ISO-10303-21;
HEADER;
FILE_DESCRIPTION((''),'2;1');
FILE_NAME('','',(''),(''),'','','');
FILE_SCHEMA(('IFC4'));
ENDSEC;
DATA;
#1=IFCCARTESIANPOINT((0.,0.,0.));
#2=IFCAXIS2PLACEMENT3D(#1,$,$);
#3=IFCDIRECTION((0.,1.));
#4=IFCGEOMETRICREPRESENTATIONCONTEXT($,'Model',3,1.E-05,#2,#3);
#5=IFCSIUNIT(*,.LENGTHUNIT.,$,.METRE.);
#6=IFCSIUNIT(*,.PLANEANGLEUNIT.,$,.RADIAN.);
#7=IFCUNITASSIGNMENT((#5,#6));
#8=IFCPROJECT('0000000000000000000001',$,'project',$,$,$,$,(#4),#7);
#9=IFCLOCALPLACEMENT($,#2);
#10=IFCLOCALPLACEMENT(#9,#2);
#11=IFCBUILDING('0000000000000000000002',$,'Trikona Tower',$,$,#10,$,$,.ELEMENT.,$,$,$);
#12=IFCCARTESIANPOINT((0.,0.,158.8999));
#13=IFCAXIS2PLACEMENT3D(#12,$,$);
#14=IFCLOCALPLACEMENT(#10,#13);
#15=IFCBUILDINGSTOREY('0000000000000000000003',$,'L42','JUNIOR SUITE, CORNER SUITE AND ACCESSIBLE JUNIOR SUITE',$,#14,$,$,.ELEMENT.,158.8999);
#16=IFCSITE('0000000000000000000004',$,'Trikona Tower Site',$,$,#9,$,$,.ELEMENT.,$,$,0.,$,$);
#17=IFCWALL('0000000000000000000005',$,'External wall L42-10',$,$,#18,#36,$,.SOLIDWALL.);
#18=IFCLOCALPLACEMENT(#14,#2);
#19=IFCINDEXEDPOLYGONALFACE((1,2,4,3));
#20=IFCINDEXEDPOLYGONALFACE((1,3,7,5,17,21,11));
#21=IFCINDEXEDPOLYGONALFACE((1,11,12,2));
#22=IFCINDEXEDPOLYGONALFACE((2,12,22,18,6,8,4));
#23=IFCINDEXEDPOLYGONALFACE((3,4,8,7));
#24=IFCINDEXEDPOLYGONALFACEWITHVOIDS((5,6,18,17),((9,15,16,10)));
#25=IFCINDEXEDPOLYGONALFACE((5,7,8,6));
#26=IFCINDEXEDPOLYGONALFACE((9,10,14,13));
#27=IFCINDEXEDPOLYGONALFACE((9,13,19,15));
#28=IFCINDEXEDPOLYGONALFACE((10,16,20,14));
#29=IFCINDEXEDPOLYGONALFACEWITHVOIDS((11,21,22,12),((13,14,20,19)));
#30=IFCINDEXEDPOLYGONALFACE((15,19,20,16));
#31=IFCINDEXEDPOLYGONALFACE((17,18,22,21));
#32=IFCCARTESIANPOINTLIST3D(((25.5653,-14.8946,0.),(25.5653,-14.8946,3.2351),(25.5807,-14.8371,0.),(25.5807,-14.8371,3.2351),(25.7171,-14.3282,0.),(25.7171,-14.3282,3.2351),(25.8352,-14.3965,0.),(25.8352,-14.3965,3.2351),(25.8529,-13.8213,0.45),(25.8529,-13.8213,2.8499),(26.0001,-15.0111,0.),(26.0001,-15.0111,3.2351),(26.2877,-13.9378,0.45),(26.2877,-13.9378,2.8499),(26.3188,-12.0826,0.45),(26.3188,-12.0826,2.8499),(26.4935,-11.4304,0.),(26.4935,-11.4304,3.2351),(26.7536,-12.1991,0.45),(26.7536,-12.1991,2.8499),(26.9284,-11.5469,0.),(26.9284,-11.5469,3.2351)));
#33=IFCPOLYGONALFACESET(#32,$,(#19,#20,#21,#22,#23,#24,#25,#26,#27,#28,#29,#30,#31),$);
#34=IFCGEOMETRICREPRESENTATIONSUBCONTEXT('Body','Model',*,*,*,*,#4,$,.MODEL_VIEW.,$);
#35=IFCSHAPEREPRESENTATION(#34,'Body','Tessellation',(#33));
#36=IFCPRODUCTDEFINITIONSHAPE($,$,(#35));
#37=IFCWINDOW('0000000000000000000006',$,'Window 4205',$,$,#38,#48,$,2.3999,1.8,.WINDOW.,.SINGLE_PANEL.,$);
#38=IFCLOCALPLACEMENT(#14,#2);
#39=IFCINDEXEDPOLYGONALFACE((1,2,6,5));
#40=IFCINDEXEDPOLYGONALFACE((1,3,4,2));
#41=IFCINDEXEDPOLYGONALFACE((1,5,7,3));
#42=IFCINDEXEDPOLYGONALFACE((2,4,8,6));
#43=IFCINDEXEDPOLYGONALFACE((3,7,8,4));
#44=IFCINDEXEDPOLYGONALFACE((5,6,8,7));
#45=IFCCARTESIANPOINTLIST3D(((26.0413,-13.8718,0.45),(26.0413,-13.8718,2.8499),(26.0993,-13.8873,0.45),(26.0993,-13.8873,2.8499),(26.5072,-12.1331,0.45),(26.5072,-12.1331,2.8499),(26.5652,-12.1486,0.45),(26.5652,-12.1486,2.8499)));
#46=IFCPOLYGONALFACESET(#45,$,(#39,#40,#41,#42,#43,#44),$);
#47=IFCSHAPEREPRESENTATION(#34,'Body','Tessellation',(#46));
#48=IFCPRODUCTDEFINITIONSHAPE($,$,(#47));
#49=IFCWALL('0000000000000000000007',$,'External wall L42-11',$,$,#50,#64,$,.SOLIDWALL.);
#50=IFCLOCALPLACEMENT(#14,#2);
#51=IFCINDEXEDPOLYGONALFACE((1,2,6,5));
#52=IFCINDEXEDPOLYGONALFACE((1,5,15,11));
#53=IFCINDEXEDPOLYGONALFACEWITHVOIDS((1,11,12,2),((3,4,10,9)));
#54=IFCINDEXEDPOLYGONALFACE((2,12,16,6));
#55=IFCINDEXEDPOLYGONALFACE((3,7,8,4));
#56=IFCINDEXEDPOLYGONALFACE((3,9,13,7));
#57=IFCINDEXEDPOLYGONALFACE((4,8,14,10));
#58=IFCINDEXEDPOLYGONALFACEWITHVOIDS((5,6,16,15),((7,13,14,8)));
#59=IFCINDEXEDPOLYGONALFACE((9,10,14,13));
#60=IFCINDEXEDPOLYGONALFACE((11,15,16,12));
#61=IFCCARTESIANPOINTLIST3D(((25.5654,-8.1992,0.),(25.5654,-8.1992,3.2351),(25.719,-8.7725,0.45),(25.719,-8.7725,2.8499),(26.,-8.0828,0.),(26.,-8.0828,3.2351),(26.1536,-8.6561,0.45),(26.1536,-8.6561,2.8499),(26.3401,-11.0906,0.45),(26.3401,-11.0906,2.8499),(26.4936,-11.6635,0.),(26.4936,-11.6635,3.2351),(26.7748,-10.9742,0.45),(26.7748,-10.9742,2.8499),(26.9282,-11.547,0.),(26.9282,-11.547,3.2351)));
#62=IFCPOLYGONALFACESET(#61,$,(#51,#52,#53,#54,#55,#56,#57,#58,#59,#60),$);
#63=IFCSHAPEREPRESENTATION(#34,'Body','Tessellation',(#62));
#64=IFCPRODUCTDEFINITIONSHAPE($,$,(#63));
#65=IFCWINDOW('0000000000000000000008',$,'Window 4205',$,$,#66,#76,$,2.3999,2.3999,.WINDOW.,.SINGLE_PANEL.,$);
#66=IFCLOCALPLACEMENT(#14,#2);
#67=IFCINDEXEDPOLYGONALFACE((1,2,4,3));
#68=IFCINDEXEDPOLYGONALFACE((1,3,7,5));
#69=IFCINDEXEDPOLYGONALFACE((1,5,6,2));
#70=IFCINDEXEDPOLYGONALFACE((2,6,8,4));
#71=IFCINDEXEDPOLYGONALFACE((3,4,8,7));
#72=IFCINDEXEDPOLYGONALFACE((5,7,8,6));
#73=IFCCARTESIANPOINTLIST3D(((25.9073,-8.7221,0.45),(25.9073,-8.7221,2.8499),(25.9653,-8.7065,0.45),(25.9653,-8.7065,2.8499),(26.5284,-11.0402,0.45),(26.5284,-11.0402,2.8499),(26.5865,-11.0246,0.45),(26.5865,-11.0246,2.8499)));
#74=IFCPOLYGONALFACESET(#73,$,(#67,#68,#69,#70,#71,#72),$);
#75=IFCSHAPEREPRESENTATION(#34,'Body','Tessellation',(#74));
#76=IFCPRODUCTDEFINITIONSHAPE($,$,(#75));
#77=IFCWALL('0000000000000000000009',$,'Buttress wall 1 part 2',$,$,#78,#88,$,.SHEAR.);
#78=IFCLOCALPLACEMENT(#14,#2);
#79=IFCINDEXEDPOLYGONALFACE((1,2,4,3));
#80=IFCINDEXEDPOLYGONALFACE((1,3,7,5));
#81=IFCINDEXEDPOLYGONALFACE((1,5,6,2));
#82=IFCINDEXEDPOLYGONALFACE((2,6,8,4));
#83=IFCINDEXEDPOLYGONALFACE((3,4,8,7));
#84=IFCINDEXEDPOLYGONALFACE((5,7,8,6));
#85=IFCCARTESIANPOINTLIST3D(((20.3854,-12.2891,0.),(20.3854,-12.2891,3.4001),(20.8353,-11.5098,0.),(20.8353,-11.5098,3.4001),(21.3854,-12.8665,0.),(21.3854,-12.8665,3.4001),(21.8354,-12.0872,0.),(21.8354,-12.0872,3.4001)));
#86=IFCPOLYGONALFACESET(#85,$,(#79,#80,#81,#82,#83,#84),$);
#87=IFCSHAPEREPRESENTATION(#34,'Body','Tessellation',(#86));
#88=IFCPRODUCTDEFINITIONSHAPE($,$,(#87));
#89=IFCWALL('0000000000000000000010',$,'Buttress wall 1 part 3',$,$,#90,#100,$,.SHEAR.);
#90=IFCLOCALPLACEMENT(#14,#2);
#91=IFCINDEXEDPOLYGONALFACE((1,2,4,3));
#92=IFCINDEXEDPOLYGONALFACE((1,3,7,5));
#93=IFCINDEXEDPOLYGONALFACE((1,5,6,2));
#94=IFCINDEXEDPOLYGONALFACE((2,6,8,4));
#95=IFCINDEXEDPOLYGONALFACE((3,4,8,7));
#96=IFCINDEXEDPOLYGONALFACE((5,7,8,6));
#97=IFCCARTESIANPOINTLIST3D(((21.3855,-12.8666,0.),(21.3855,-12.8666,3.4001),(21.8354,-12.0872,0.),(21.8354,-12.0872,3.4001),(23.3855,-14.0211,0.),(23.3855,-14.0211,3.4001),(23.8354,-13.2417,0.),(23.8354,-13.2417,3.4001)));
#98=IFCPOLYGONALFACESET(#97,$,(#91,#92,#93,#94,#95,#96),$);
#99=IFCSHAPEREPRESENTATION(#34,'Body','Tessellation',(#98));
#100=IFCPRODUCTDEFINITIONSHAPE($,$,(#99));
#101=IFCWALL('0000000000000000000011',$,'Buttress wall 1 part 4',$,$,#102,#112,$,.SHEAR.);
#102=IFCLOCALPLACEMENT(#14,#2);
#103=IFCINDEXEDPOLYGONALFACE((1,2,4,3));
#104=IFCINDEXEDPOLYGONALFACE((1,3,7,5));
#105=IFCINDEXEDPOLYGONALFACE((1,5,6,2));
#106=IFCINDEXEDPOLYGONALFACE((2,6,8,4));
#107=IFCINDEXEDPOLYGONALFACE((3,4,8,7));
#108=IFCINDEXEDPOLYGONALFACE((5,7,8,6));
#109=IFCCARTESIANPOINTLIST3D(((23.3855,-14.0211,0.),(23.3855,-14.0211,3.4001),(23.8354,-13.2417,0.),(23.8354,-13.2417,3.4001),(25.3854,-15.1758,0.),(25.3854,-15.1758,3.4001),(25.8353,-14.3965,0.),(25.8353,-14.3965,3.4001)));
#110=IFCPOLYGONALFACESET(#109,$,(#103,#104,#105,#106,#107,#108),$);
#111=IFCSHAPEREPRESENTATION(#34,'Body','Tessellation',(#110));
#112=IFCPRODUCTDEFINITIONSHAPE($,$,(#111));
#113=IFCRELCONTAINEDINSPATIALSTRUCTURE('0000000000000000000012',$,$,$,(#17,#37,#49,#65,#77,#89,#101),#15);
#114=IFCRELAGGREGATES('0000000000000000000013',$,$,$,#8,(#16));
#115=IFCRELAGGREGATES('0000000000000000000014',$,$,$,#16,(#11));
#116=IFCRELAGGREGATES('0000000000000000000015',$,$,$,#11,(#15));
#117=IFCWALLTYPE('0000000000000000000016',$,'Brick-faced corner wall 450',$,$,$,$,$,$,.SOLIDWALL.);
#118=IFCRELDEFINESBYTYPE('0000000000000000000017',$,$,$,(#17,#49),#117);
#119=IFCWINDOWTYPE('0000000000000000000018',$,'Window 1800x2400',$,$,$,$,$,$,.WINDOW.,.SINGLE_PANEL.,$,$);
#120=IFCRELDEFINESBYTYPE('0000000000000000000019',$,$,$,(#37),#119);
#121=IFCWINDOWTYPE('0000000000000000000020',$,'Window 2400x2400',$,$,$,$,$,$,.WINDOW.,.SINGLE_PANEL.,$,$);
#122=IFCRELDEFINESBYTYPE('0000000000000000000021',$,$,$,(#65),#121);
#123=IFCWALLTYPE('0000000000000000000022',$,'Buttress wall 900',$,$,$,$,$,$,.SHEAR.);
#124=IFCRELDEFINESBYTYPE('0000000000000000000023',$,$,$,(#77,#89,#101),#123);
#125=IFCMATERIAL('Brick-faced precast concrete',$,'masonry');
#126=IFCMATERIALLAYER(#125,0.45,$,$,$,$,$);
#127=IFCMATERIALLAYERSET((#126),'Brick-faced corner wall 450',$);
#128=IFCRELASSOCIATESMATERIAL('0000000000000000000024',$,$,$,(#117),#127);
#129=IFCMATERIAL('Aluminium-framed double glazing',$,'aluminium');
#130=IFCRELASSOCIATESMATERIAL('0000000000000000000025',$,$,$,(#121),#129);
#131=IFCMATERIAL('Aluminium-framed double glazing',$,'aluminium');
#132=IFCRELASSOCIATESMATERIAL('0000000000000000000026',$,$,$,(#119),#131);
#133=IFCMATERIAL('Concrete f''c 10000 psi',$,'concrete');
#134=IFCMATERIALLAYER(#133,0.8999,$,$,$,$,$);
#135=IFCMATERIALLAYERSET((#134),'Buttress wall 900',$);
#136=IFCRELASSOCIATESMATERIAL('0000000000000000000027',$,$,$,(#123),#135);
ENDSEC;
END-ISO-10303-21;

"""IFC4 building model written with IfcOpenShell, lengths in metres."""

from ifc_helpers import new_model, si_unit, direction, frame, frame_2d, origin, place, context, subcontext, project, spatial, polyline, rectangle, outline, extrude, material, layer, layer_set, type_object, element, fill, save


model = new_model("IFC4")

# Units and contexts
model_context = context("Model", 3, precision=1e-05, world=origin(), true_north=direction((0.0, 1.0)))
body_context = subcontext(model_context, "Body", "Model", "MODEL_VIEW")
ifc_project = project(units=[si_unit("LENGTHUNIT", "METRE"), si_unit("PLANEANGLEUNIT", "RADIAN")], contexts=[model_context])

# Site, building, storey
site_placement = place(None, origin())
site = spatial("IfcSite", under=ifc_project, at=site_placement, Name="Trikona Tower Site", CompositionType="ELEMENT", RefElevation=0.0)
building_placement = place(site_placement, origin())
building = spatial("IfcBuilding", under=site, at=building_placement, Name="Trikona Tower", CompositionType="ELEMENT")
storey_placement = place(building_placement, frame((0.0, 0.0, 158.8999)))
storey = spatial("IfcBuildingStorey", under=building, at=storey_placement, Name="L42", Description="JUNIOR SUITE, CORNER SUITE AND ACCESSIBLE JUNIOR SUITE", CompositionType="ELEMENT", Elevation=158.8999)

# Walls, openings, windows
ifc_material_1 = material(Name="Brick-faced precast concrete", Category="masonry")
ifc_layer_1 = layer(ifc_material_1, 0.45)
ifc_layer_set_1 = layer_set([ifc_layer_1], Name="Brick-faced corner wall 450")
wall_type_1 = type_object("IfcWallType", Name="Brick-faced corner wall 450", PredefinedType="SOLIDWALL", material=ifc_layer_set_1)
ifc_material_2 = material(Name="Aluminium-framed double glazing", Category="aluminium")
window_type_1 = type_object("IfcWindowType", Name="Window 2400x2400", PartitioningType="SINGLE_PANEL", PredefinedType="WINDOW", material=ifc_material_2)
ifc_material_3 = material(Name="Aluminium-framed double glazing", Category="aluminium")
window_type_2 = type_object("IfcWindowType", Name="Window 1800x2400", PartitioningType="SINGLE_PANEL", PredefinedType="WINDOW", material=ifc_material_3)
wall_1_placement = place(storey_placement, frame((25.7827, -14.9529, 0.0), z_axis=(0.0, 0.0, 1.0), x_axis=(0.258823, 0.965925, 0.0)))
wall_1 = element("IfcWall", 1, at=wall_1_placement, inside=storey, type_object=wall_type_1, Name="External wall L42-10", PredefinedType="SOLIDWALL", context=body_context, shape_type="SweptSolid", body=[
    extrude(outline(polyline([(3.5864, 0.2251), (0.5864, 0.2251), (0.551, 0.0933), (0.0596, 0.2251), (0.0, 0.2251), (0.0, -0.2251), (3.5864, -0.2251), (3.5864, 0.2251)])), origin(), (0.0, 0.0, 1.0), 3.2351),
])
opening_1_placement = place(wall_1_placement, frame((1.1113, 0.0, 0.45)))
opening_1 = element("IfcOpeningElement", 2, at=opening_1_placement, cuts=wall_1, PredefinedType="OPENING", context=body_context, shape_type="SweptSolid", body=[
    extrude(rectangle(XDim=1.8, YDim=2.3999, at=frame_2d((0.8999, 1.2))), frame((0.0, 0.2349, 0.0), z_axis=(0.0, -1.0, 0.0), x_axis=(1.0, 0.0, 0.0)), (0.0, 0.0, 1.0), 0.47),
])
window_1_placement = place(opening_1_placement, origin())
window_1 = element("IfcWindow", 3, at=window_1_placement, inside=storey, type_object=window_type_2, Name="Window 4205", OverallHeight=2.3999, OverallWidth=1.8, PartitioningType="SINGLE_PANEL", PredefinedType="WINDOW", context=body_context, shape_type="SweptSolid", body=[
    extrude(rectangle(XDim=1.8, YDim=2.3999, at=frame_2d((0.8999, 1.2))), frame((0.0, 0.03, 0.0), z_axis=(0.0, -1.0, 0.0), x_axis=(1.0, 0.0, 0.0)), (0.0, 0.0, 1.0), 0.0601),
])
fill(opening_1, window_1)
wall_2_placement = place(storey_placement, frame((26.7109, -11.6052, 0.0), z_axis=(0.0, 0.0, 1.0), x_axis=(-0.258823, 0.965925, 0.0)))
wall_2 = element("IfcWall", 4, at=wall_2_placement, inside=storey, type_object=wall_type_1, Name="External wall L42-11", PredefinedType="SOLIDWALL", context=body_context, shape_type="SweptSolid", body=[
    extrude(rectangle(XDim=3.5864, YDim=0.45, at=frame_2d((1.7932, 0.0))), origin(), (0.0, 0.0, 1.0), 3.2351),
])
opening_2_placement = place(wall_2_placement, frame((0.593, 0.0, 0.45)))
opening_2 = element("IfcOpeningElement", 5, at=opening_2_placement, cuts=wall_2, PredefinedType="OPENING", context=body_context, shape_type="SweptSolid", body=[
    extrude(rectangle(XDim=2.3999, YDim=2.3999, at=frame_2d((1.2, 1.2))), frame((0.0, 0.2349, 0.0), z_axis=(0.0, -1.0, 0.0), x_axis=(1.0, 0.0, 0.0)), (0.0, 0.0, 1.0), 0.47),
])
window_2_placement = place(opening_2_placement, origin())
window_2 = element("IfcWindow", 6, at=window_2_placement, inside=storey, type_object=window_type_1, Name="Window 4205", OverallHeight=2.3999, OverallWidth=2.3999, PartitioningType="SINGLE_PANEL", PredefinedType="WINDOW", context=body_context, shape_type="SweptSolid", body=[
    extrude(rectangle(XDim=2.3999, YDim=2.3999, at=frame_2d((1.2, 1.2))), frame((0.0, 0.03, 0.0), z_axis=(0.0, -1.0, 0.0), x_axis=(1.0, 0.0, 0.0)), (0.0, 0.0, 1.0), 0.0601),
])
fill(opening_2, window_2)

# Walls
ifc_material_4 = material(Name="Concrete f'c 10000 psi", Category="concrete")
ifc_layer_2 = layer(ifc_material_4, 0.8999)
ifc_layer_set_2 = layer_set([ifc_layer_2], Name="Buttress wall 900")
wall_type_2 = type_object("IfcWallType", Name="Buttress wall 900", PredefinedType="SHEAR", material=ifc_layer_set_2)
wall_3_placement = place(storey_placement, frame((20.6104, -11.8994, 0.0), z_axis=(0.0, 0.0, 1.0), x_axis=(0.86601, -0.500027, 0.0)))
element("IfcWall", 7, at=wall_3_placement, inside=storey, type_object=wall_type_2, Name="Buttress wall 1 part 2", PredefinedType="SHEAR", context=body_context, shape_type="SweptSolid", body=[
    extrude(rectangle(XDim=1.1548, YDim=0.8999, at=frame_2d((0.5774, 0.0))), origin(), (0.0, 0.0, 1.0), 3.4001),
])
for number, where, z_axis, x_axis, name in (
    (8, (21.6104, -12.4768, 0.0), (0.0, 0.0, 1.0), (0.866055, -0.499948, 0.0), "Buttress wall 1 part 3"),
    (9, (23.6104, -13.6313, 0.0), (0.0, 0.0, 1.0), (0.86601, -0.500027, 0.0), "Buttress wall 1 part 4"),
):
    element("IfcWall", number, at=place(storey_placement, frame(where, z_axis=z_axis, x_axis=x_axis)), inside=storey, type_object=wall_type_2, Name=name, PredefinedType="SHEAR", context=body_context, shape_type="SweptSolid", body=[
        extrude(rectangle(XDim=2.3093, YDim=0.8999, at=frame_2d((1.1548, 0.0))), origin(), (0.0, 0.0, 1.0), 3.4001),
    ])

save(model, "model.ifc")
